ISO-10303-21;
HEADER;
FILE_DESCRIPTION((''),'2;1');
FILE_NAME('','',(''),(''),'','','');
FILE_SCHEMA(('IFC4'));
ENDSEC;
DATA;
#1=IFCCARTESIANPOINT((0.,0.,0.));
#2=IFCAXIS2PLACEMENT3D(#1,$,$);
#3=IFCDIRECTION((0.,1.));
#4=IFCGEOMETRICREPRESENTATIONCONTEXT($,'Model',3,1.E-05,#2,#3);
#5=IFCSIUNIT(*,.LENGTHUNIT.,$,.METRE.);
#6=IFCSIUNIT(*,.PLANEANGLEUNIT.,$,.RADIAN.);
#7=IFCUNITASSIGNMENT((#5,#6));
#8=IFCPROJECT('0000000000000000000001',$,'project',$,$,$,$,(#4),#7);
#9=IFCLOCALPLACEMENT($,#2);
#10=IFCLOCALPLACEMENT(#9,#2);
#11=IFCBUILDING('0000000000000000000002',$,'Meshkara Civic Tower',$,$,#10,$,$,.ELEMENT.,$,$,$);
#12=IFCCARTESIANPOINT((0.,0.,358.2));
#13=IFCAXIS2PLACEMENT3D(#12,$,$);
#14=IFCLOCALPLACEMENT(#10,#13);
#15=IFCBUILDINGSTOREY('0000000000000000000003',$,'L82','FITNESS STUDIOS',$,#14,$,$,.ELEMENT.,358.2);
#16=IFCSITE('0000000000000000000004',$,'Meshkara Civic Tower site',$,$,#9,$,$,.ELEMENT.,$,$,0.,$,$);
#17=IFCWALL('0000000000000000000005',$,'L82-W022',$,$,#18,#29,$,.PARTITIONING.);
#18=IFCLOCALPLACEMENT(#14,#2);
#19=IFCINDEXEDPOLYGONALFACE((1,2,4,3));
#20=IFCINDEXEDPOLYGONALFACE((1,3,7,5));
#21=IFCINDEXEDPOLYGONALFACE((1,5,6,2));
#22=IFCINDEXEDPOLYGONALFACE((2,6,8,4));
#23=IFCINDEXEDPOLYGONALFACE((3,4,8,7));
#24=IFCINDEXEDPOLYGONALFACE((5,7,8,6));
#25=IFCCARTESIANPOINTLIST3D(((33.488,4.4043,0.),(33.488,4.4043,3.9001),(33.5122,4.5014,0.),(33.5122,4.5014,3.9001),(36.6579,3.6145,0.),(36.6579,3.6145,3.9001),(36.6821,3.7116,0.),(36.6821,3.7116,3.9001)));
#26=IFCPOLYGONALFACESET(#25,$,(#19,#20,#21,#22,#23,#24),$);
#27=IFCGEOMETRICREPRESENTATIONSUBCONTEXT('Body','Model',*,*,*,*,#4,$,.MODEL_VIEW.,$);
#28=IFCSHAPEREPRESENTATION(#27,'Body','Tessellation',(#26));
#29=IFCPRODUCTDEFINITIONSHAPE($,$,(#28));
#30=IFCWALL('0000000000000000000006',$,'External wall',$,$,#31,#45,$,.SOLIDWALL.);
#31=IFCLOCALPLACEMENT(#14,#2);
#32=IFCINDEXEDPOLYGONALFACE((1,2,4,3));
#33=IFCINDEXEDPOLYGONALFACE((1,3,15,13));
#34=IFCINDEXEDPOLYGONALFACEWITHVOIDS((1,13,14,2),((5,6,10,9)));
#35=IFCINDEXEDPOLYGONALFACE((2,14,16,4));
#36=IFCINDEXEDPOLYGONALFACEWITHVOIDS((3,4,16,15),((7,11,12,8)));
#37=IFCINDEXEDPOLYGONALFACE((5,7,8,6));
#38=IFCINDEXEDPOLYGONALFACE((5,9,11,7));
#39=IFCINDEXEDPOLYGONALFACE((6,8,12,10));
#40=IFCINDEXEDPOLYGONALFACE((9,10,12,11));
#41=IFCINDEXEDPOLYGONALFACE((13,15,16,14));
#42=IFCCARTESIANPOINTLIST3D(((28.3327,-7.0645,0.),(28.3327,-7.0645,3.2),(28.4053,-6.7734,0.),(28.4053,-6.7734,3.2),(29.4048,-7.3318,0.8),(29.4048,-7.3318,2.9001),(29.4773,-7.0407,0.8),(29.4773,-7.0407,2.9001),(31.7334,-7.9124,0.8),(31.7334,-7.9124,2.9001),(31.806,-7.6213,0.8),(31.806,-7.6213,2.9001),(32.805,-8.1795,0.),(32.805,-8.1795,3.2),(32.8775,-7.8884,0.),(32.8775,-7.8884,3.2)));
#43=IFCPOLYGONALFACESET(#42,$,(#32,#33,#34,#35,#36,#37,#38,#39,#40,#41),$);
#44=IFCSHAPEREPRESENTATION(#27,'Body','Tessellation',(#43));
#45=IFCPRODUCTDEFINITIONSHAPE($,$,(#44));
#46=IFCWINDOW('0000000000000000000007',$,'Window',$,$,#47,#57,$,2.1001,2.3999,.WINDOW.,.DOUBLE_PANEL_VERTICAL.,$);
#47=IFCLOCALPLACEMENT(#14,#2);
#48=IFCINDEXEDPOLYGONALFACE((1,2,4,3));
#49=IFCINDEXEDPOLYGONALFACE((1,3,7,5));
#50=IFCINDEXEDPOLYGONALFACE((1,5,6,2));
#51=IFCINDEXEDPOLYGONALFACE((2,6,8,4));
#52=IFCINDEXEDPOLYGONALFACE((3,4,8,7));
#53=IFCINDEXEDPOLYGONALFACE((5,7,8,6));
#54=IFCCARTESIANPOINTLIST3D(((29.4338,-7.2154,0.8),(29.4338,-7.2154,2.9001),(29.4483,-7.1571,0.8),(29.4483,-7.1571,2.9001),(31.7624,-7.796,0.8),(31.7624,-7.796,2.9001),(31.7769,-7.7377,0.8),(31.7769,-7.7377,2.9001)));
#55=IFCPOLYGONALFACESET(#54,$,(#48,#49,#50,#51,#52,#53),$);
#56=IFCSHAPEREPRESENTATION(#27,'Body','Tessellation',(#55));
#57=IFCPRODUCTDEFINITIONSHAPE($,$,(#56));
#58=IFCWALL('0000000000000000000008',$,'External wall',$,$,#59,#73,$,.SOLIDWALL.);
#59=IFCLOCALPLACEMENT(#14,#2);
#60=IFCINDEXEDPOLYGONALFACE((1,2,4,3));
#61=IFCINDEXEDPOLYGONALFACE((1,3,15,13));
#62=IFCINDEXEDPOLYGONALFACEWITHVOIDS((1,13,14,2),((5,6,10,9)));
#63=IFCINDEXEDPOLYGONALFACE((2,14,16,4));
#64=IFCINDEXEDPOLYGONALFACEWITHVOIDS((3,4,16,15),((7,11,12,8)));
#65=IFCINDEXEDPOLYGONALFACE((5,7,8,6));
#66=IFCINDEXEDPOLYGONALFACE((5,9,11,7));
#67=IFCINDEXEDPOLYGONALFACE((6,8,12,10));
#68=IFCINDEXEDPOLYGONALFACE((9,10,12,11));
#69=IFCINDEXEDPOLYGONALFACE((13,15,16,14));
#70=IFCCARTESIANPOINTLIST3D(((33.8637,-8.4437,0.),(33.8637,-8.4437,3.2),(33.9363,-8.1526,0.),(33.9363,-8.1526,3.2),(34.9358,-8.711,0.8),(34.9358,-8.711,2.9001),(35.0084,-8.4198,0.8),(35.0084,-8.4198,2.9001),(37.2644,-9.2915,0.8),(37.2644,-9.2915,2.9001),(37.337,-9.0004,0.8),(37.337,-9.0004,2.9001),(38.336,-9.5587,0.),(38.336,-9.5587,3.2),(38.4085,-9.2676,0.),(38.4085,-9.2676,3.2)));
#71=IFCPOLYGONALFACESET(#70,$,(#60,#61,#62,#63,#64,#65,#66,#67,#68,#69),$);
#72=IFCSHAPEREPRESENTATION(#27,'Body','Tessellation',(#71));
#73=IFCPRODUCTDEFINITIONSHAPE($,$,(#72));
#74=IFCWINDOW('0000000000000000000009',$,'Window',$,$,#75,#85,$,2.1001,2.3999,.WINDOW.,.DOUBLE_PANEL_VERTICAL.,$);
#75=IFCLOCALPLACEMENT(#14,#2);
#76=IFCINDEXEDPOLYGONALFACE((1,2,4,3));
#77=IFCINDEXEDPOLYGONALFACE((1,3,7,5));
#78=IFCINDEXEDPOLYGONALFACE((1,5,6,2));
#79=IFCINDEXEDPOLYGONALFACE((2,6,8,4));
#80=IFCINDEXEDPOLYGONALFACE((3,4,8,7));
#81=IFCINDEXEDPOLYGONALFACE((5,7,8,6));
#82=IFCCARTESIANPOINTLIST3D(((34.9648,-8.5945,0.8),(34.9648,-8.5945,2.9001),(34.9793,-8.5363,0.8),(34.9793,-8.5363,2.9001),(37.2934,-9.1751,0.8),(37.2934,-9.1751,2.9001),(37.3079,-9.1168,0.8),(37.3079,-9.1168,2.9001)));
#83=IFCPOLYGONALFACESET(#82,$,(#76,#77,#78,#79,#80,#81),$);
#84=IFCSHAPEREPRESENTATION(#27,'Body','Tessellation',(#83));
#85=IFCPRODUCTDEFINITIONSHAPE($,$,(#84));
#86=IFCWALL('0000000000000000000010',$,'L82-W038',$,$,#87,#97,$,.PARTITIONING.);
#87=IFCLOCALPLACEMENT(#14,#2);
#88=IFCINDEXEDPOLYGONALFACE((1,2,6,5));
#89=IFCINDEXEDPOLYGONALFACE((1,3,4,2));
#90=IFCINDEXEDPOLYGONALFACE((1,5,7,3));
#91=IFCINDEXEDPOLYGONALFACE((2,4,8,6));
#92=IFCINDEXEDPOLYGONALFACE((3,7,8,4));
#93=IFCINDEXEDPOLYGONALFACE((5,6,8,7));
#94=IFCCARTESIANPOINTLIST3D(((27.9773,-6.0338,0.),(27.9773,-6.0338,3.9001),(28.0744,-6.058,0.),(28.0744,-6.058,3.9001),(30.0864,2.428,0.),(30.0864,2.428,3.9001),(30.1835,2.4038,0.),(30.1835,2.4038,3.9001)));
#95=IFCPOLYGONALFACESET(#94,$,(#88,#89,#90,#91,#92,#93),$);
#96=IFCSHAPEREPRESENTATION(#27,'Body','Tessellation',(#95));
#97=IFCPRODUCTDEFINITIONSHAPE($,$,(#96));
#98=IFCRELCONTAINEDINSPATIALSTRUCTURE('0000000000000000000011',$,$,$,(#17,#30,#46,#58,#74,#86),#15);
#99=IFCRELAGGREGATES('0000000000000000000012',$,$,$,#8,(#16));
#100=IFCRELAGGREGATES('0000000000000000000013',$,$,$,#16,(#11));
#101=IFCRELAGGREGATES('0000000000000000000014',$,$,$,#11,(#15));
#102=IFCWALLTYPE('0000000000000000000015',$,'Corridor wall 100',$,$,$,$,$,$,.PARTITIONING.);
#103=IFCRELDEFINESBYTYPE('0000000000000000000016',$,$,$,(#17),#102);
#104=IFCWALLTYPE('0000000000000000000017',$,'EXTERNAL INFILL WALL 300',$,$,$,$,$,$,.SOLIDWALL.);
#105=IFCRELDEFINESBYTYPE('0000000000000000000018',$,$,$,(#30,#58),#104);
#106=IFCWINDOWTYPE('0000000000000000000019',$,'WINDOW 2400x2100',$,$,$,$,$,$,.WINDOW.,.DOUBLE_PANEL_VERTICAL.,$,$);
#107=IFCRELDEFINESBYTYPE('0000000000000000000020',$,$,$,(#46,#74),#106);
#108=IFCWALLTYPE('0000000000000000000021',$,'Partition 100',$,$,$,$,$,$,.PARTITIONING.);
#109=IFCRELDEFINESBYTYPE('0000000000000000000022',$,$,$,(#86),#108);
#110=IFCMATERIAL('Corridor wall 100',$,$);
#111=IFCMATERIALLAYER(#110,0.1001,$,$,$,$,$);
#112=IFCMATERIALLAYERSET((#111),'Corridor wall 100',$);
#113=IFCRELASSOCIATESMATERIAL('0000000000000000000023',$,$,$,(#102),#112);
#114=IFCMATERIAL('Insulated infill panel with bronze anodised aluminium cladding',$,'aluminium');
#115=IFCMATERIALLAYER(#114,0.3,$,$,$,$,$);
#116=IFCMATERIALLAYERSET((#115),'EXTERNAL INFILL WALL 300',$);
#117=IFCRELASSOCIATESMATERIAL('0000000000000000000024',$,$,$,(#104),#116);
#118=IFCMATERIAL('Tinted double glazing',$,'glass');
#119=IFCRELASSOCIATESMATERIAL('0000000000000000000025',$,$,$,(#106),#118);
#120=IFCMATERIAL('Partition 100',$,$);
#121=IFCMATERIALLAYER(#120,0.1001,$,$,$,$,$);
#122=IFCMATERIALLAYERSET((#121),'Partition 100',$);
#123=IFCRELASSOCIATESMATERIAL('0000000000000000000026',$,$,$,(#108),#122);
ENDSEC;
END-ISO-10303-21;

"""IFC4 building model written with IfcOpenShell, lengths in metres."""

from ifc_helpers import new_model, si_unit, direction, frame, frame_2d, origin, place, context, subcontext, project, spatial, rectangle, extrude, material, layer, layer_set, type_object, element, fill, save


model = new_model("IFC4")

# Units and contexts
model_context = context("Model", 3, precision=1e-05, world=origin(), true_north=direction((0.0, 1.0)))
body_context = subcontext(model_context, "Body", "Model", "MODEL_VIEW")
ifc_project = project(units=[si_unit("LENGTHUNIT", "METRE"), si_unit("PLANEANGLEUNIT", "RADIAN")], contexts=[model_context])

# Site, building, storey
site_placement = place(None, origin())
site = spatial("IfcSite", under=ifc_project, at=site_placement, Name="Meshkara Civic Tower site", CompositionType="ELEMENT", RefElevation=0.0)
building_placement = place(site_placement, origin())
building = spatial("IfcBuilding", under=site, at=building_placement, Name="Meshkara Civic Tower", CompositionType="ELEMENT")
storey_placement = place(building_placement, frame((0.0, 0.0, 358.2)))
storey = spatial("IfcBuildingStorey", under=building, at=storey_placement, Name="L82", Description="FITNESS STUDIOS", CompositionType="ELEMENT", Elevation=358.2)

# Shared definitions
ifc_material_1 = material(Name="Corridor wall 100")
ifc_layer_1 = layer(ifc_material_1, 0.1001)
ifc_layer_set_1 = layer_set([ifc_layer_1], Name="Corridor wall 100")
wall_type_1 = type_object("IfcWallType", Name="Corridor wall 100", PredefinedType="PARTITIONING", material=ifc_layer_set_1)

# Wall
wall_1_placement = place(storey_placement, frame((36.6699, 3.6631, 0.0), z_axis=(0.0, 0.0, 1.0), x_axis=(-0.970336, 0.241762, 0.0)))
element("IfcWall", 1, at=wall_1_placement, inside=storey, type_object=wall_type_1, Name="L82-W022", PredefinedType="PARTITIONING", context=body_context, shape_type="SweptSolid", body=[
    extrude(rectangle(XDim=3.2668, YDim=0.1001, at=frame_2d((1.6333, 0.0))), origin(), (0.0, 0.0, 1.0), 3.9001),
])

# Walls, openings, windows
ifc_material_2 = material(Name="Insulated infill panel with bronze anodised aluminium cladding", Category="aluminium")
ifc_layer_2 = layer(ifc_material_2, 0.3)
ifc_layer_set_2 = layer_set([ifc_layer_2], Name="EXTERNAL INFILL WALL 300")
wall_type_2 = type_object("IfcWallType", Name="EXTERNAL INFILL WALL 300", PredefinedType="SOLIDWALL", material=ifc_layer_set_2)
wall_2_placement = place(storey_placement, frame((28.3689, -6.9189, 0.0), z_axis=(0.0, 0.0, 1.0), x_axis=(0.970298, -0.241912, 0.0)))
wall_2 = element("IfcWall", 2, at=wall_2_placement, inside=storey, type_object=wall_type_2, Name="External wall", PredefinedType="SOLIDWALL", context=body_context, shape_type="SweptSolid", body=[
    extrude(rectangle(XDim=4.6091, YDim=0.3, at=frame_2d((2.3047, 0.0))), origin(), (0.0, 0.0, 1.0), 3.2),
])
opening_1_placement = place(wall_2_placement, frame((1.105, 0.0, 0.8)))
opening_1 = element("IfcOpeningElement", 3, at=opening_1_placement, cuts=wall_2, PredefinedType="OPENING", context=body_context, shape_type="SweptSolid", body=[
    extrude(rectangle(XDim=2.3999, YDim=2.1001, at=frame_2d((1.2, 1.05))), frame((0.0, 0.1599, 0.0), z_axis=(0.0, -1.0, 0.0), x_axis=(1.0, 0.0, 0.0)), (0.0, 0.0, 1.0), 0.3201),
])
ifc_material_3 = material(Name="Tinted double glazing", Category="glass")
window_type = type_object("IfcWindowType", Name="WINDOW 2400x2100", PartitioningType="DOUBLE_PANEL_VERTICAL", PredefinedType="WINDOW", material=ifc_material_3)
window_1_placement = place(opening_1_placement, origin())
window_1 = element("IfcWindow", 4, at=window_1_placement, inside=storey, type_object=window_type, Name="Window", OverallHeight=2.1001, OverallWidth=2.3999, PartitioningType="DOUBLE_PANEL_VERTICAL", PredefinedType="WINDOW", context=body_context, shape_type="SweptSolid", body=[
    extrude(rectangle(XDim=2.3999, YDim=2.1001, at=frame_2d((1.2, 1.05))), frame((0.0, 0.03, 0.0), z_axis=(0.0, -1.0, 0.0), x_axis=(1.0, 0.0, 0.0)), (0.0, 0.0, 1.0), 0.0601),
])
fill(opening_1, window_1)
wall_3_placement = place(storey_placement, frame((33.8999, -8.2981, 0.0), z_axis=(0.0, 0.0, 1.0), x_axis=(0.970298, -0.241912, 0.0)))
wall_3 = element("IfcWall", 5, at=wall_3_placement, inside=storey, type_object=wall_type_2, Name="External wall", PredefinedType="SOLIDWALL", context=body_context, shape_type="SweptSolid", body=[
    extrude(rectangle(XDim=4.6091, YDim=0.3, at=frame_2d((2.3047, 0.0))), origin(), (0.0, 0.0, 1.0), 3.2),
])
opening_2_placement = place(wall_3_placement, frame((1.105, 0.0, 0.8)))
opening_2 = element("IfcOpeningElement", 6, at=opening_2_placement, cuts=wall_3, PredefinedType="OPENING", context=body_context, shape_type="SweptSolid", body=[
    extrude(rectangle(XDim=2.3999, YDim=2.1001, at=frame_2d((1.2, 1.05))), frame((0.0, 0.1599, 0.0), z_axis=(0.0, -1.0, 0.0), x_axis=(1.0, 0.0, 0.0)), (0.0, 0.0, 1.0), 0.3201),
])
window_2_placement = place(opening_2_placement, origin())
window_2 = element("IfcWindow", 7, at=window_2_placement, inside=storey, type_object=window_type, Name="Window", OverallHeight=2.1001, OverallWidth=2.3999, PartitioningType="DOUBLE_PANEL_VERTICAL", PredefinedType="WINDOW", context=body_context, shape_type="SweptSolid", body=[
    extrude(rectangle(XDim=2.3999, YDim=2.1001, at=frame_2d((1.2, 1.05))), frame((0.0, 0.03, 0.0), z_axis=(0.0, -1.0, 0.0), x_axis=(1.0, 0.0, 0.0)), (0.0, 0.0, 1.0), 0.0601),
])
fill(opening_2, window_2)

# Wall
ifc_material_4 = material(Name="Partition 100")
ifc_layer_3 = layer(ifc_material_4, 0.1001)
ifc_layer_set_3 = layer_set([ifc_layer_3], Name="Partition 100")
wall_type_3 = type_object("IfcWallType", Name="Partition 100", PredefinedType="PARTITIONING", material=ifc_layer_set_3)
wall_4_placement = place(storey_placement, frame((28.0259, -6.0459, 0.0), z_axis=(0.0, 0.0, 1.0), x_axis=(0.241851, 0.970314, 0.0)))
element("IfcWall", 8, at=wall_4_placement, inside=storey, type_object=wall_type_3, Name="L82-W038", PredefinedType="PARTITIONING", context=body_context, shape_type="SweptSolid", body=[
    extrude(rectangle(XDim=8.7207, YDim=0.1001, at=frame_2d((4.3604, 0.0))), origin(), (0.0, 0.0, 1.0), 3.9001),
])

save(model, "model.ifc")
